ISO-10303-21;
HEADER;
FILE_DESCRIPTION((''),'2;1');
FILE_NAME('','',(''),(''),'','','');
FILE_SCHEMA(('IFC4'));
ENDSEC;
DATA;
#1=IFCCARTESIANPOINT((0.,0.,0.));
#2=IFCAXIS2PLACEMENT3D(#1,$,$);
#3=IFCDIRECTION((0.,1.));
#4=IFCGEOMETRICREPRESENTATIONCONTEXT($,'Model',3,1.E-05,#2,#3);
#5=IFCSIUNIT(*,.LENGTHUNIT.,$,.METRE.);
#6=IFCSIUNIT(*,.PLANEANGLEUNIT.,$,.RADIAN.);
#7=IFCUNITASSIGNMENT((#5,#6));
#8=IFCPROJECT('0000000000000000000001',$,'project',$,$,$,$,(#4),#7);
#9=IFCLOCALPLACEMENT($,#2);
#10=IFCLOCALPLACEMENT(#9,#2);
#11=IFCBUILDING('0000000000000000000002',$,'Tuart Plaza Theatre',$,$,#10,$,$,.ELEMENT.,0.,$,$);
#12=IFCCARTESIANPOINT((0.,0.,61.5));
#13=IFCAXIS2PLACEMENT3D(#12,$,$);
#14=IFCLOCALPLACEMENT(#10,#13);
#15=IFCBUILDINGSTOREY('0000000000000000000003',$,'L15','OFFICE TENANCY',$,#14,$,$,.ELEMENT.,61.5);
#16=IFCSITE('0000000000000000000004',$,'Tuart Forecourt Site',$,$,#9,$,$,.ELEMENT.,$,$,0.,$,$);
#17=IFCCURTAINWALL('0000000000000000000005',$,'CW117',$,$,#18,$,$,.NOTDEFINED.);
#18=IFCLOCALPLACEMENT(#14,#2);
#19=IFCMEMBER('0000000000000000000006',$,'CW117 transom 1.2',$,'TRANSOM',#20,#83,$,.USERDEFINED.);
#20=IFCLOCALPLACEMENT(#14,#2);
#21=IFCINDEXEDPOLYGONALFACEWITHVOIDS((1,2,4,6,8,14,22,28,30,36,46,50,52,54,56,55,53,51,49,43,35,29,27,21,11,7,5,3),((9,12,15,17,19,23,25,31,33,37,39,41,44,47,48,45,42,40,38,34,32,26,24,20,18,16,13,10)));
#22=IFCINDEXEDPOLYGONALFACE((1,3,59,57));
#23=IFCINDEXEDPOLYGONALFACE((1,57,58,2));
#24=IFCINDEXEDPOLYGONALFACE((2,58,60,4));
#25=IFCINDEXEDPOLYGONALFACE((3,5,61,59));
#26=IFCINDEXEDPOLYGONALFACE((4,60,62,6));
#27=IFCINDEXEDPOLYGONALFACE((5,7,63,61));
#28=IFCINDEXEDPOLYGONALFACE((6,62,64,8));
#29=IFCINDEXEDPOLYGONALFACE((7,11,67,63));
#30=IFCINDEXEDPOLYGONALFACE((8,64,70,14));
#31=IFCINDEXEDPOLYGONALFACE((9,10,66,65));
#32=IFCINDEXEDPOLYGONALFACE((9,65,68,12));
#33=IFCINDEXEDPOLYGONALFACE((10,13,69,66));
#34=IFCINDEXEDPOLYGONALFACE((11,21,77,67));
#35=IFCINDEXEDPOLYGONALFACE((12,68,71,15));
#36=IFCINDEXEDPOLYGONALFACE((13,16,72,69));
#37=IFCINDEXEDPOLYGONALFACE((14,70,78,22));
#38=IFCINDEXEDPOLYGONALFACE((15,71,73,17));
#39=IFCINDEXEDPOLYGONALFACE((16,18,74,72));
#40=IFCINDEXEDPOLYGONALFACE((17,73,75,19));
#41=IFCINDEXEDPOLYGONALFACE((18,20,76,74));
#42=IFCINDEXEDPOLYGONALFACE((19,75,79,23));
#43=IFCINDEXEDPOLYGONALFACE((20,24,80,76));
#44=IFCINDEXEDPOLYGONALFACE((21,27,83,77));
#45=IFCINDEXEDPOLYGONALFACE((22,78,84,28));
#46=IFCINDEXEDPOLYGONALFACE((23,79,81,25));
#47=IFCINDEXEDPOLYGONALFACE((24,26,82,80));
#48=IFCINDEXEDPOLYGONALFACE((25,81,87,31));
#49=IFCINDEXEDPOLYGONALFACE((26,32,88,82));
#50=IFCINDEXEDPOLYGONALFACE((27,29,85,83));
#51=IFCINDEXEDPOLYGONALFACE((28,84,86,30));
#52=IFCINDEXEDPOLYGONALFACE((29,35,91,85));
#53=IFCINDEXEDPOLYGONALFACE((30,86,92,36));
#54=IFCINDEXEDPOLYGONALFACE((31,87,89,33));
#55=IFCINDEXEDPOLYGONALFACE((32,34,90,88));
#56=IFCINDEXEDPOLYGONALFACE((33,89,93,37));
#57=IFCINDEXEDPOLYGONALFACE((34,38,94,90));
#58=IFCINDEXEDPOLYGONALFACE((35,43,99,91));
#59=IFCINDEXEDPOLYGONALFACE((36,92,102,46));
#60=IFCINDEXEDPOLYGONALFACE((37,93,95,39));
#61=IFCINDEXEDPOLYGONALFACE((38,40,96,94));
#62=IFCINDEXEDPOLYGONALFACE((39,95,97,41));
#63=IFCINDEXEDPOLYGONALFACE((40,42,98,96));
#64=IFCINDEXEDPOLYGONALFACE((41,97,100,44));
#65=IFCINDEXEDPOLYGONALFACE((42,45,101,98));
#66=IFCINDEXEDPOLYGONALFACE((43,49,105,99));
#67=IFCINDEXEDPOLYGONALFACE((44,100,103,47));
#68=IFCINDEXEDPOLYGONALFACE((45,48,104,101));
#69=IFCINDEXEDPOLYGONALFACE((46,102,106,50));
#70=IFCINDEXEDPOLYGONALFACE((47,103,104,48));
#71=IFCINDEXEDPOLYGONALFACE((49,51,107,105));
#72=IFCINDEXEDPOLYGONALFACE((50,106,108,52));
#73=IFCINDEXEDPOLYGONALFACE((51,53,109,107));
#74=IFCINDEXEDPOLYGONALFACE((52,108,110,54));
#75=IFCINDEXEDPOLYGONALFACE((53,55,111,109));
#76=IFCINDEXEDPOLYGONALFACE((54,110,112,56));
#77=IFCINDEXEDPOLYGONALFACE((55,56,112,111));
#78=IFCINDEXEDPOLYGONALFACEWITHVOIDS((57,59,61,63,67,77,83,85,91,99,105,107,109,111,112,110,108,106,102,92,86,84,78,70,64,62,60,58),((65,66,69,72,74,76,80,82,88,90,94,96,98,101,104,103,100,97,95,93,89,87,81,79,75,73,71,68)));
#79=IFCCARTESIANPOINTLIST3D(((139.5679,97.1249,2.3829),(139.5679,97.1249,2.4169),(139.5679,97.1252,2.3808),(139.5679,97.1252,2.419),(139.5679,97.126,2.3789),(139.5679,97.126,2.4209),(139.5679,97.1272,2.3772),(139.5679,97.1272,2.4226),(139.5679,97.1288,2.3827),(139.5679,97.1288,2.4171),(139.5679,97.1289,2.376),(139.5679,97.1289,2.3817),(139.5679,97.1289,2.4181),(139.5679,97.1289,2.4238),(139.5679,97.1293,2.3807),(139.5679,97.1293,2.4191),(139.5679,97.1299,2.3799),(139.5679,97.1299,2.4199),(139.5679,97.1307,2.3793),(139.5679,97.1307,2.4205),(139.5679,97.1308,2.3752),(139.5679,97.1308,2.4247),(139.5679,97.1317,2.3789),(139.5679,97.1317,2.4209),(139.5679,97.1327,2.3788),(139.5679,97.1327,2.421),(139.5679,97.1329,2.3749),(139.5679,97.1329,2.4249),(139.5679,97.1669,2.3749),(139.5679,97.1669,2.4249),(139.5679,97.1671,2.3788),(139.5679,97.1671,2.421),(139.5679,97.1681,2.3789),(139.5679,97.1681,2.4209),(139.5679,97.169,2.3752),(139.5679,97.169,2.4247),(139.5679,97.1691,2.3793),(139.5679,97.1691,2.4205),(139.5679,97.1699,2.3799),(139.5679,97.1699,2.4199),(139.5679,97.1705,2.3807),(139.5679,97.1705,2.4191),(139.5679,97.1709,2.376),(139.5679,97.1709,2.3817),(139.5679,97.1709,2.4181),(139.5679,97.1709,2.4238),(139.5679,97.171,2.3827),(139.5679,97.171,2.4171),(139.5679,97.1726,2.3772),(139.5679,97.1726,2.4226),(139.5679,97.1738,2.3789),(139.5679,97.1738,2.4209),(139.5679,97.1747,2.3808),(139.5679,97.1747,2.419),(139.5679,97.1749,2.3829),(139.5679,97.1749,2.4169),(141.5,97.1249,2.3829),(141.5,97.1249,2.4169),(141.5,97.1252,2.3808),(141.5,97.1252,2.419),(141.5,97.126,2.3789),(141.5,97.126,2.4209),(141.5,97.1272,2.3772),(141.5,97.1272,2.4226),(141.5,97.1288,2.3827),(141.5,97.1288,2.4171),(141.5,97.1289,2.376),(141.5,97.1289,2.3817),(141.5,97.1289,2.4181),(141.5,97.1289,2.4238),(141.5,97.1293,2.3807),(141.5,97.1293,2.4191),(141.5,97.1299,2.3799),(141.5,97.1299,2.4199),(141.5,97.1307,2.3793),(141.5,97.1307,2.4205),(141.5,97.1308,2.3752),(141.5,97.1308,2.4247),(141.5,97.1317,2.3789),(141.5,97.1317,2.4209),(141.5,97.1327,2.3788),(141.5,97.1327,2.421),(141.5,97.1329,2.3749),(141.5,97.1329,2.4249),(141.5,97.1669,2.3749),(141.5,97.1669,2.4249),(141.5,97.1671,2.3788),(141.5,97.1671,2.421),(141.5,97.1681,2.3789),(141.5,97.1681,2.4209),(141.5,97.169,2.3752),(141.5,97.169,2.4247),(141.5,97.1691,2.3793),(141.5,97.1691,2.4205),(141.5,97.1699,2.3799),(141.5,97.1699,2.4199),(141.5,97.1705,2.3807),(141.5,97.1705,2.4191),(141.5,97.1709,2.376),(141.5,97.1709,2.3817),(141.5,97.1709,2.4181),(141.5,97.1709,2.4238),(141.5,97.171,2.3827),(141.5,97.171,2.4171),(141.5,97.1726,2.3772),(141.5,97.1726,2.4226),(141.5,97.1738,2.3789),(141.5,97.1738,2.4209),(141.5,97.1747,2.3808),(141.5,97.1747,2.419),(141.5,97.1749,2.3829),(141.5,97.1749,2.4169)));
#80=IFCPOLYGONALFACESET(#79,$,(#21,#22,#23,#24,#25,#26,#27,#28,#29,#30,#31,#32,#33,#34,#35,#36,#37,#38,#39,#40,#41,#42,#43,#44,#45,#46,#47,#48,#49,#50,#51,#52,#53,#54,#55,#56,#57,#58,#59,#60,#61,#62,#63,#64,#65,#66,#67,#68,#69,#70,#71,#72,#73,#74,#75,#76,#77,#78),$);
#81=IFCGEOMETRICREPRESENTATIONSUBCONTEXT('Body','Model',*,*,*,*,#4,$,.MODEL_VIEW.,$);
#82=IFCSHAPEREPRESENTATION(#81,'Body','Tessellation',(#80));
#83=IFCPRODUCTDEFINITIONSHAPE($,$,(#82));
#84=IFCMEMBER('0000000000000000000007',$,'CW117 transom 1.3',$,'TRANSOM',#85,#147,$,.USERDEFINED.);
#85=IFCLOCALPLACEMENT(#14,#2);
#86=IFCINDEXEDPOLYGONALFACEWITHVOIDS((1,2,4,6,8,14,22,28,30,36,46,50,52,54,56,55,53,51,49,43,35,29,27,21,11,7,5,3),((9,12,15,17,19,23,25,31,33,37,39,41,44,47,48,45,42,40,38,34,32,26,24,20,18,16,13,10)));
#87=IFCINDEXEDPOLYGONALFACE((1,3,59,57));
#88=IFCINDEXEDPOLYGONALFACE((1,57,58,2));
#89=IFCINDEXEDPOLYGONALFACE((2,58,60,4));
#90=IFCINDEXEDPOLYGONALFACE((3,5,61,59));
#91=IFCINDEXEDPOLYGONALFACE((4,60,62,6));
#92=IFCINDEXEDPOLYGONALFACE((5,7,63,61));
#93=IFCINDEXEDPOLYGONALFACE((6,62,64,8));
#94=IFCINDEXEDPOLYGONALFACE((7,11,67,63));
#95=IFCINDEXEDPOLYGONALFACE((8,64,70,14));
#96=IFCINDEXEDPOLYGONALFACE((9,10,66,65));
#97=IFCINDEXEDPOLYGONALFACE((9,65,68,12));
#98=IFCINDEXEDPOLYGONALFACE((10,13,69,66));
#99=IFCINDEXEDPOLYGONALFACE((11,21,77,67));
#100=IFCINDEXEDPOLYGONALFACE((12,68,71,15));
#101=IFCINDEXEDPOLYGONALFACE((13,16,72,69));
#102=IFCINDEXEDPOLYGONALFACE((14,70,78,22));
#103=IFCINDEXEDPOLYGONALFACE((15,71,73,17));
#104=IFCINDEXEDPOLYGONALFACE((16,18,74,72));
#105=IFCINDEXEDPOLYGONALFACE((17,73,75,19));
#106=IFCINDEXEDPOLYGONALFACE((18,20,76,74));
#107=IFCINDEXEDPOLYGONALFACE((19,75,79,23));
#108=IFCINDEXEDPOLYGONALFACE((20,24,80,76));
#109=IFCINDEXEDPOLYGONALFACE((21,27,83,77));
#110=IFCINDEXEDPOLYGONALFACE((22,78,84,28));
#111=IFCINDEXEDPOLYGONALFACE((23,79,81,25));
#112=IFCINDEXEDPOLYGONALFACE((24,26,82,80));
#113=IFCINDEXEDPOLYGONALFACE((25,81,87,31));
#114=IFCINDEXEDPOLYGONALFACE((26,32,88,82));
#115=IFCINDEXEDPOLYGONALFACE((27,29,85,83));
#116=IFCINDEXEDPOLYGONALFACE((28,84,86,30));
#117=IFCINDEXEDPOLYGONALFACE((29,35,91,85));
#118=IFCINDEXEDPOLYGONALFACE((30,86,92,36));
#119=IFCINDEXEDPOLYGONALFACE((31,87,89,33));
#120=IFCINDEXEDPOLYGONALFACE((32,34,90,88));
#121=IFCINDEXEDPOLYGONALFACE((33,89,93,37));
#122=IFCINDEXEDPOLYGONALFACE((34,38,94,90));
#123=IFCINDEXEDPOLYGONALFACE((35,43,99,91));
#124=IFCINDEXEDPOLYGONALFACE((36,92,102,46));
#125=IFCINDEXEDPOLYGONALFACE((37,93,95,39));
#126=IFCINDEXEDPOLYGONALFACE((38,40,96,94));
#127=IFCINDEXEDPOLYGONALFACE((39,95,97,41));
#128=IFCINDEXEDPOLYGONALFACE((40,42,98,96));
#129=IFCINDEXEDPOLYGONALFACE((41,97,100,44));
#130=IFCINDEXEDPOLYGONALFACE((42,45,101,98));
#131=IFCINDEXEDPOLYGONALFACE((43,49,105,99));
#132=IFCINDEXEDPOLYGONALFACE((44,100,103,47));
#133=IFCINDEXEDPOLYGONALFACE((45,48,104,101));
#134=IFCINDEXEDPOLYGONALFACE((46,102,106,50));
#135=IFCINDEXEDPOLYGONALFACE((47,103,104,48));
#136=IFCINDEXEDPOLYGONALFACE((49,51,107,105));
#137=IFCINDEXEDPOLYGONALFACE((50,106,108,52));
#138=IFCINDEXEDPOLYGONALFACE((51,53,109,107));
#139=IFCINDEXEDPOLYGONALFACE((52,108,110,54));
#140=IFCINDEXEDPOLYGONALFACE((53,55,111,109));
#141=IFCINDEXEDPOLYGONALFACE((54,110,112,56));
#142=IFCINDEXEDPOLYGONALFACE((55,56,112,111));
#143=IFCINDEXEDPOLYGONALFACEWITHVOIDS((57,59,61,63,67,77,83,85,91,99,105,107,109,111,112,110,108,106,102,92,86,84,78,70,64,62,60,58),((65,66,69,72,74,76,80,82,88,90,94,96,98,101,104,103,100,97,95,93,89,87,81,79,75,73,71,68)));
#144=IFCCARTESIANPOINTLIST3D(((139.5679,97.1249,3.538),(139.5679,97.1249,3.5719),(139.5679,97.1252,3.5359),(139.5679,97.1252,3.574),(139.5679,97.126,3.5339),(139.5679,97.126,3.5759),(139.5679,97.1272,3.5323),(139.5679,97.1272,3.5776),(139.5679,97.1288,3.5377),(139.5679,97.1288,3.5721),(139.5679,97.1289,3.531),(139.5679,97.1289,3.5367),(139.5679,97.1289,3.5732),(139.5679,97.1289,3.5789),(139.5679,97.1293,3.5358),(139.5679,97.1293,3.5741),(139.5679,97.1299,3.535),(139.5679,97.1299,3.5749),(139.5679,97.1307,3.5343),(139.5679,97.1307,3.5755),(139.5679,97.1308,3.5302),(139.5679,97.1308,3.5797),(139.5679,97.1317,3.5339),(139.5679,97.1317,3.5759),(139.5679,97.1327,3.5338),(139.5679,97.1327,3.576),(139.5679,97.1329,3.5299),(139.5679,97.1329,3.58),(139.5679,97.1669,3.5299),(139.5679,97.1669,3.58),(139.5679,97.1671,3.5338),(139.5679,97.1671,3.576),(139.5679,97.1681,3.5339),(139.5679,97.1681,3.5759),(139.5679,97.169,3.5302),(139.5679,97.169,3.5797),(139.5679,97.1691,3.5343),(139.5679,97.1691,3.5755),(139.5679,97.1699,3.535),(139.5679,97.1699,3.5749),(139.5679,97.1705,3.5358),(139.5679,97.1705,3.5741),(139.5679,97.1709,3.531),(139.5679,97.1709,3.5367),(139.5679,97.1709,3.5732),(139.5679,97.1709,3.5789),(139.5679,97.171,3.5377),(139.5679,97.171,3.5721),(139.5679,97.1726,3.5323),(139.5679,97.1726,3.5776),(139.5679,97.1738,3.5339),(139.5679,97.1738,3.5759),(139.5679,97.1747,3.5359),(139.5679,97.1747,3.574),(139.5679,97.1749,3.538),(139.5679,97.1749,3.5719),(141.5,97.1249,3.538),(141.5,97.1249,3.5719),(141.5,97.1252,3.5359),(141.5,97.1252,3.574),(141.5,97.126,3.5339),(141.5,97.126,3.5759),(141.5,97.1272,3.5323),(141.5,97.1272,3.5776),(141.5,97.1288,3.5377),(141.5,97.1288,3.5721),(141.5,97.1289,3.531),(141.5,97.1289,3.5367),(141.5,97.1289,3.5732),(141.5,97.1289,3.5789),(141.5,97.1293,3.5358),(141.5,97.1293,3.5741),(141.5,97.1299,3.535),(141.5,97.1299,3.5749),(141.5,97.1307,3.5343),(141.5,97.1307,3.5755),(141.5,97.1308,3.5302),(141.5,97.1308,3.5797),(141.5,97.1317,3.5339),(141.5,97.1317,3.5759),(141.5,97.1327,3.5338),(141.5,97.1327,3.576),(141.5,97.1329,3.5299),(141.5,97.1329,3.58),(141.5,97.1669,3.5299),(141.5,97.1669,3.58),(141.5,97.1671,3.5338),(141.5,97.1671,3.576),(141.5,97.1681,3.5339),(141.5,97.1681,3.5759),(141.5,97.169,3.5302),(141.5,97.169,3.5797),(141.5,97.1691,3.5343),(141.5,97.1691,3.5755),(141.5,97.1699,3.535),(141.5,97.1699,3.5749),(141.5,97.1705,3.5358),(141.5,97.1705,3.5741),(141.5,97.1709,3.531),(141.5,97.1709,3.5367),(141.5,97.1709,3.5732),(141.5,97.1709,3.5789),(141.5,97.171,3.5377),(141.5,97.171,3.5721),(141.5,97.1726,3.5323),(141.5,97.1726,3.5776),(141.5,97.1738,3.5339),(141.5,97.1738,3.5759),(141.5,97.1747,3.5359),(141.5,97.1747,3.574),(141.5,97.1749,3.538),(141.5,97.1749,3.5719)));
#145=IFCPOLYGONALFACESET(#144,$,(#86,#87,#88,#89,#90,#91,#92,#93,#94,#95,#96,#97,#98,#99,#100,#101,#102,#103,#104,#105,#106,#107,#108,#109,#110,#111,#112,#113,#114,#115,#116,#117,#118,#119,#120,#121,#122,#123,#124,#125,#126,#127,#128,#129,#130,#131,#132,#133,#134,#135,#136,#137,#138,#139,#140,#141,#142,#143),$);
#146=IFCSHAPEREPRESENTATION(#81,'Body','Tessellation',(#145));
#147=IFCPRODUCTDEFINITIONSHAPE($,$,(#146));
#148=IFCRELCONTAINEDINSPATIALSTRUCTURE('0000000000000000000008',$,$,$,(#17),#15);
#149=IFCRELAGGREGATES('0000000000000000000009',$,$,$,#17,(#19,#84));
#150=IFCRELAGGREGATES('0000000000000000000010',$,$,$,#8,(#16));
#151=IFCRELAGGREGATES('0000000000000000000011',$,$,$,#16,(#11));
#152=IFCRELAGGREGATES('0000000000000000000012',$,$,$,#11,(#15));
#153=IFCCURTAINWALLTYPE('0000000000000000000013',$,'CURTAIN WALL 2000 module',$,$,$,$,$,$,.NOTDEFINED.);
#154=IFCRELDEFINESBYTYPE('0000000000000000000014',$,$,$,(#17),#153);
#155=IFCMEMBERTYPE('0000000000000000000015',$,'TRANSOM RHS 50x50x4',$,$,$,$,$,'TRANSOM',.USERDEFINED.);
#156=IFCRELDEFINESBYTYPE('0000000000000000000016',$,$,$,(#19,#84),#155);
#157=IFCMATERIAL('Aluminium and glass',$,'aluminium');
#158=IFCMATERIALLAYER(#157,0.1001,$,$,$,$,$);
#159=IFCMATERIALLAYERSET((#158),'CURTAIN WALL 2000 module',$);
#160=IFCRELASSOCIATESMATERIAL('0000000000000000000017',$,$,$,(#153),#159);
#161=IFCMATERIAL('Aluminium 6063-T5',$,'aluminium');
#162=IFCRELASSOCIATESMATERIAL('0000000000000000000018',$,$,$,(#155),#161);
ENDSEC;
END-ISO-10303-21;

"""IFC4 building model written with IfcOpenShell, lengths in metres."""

from ifc_helpers import new_model, si_unit, direction, frame, origin, origin_2d, place, context, subcontext, project, spatial, hollow_rectangle, extrude, material, layer, layer_set, material_profile, profile_set, type_object, element, aggregate, save


model = new_model("IFC4")

# Units and contexts
model_context = context("Model", 3, precision=1e-05, world=origin(), true_north=direction((0.0, 1.0)))
body_context = subcontext(model_context, "Body", "Model", "MODEL_VIEW")
ifc_project = project(units=[si_unit("LENGTHUNIT", "METRE"), si_unit("PLANEANGLEUNIT", "RADIAN")], contexts=[model_context])

# Site, building, storey
site_placement = place(None, origin())
site = spatial("IfcSite", under=ifc_project, at=site_placement, Name="Tuart Forecourt Site", CompositionType="ELEMENT", RefElevation=0.0)
building_placement = place(site_placement, origin())
building = spatial("IfcBuilding", under=site, at=building_placement, Name="Tuart Plaza Theatre", CompositionType="ELEMENT", ElevationOfRefHeight=0.0)
storey_placement = place(building_placement, frame((0.0, 0.0, 61.5)))
storey = spatial("IfcBuildingStorey", under=building, at=storey_placement, Name="L15", Description="OFFICE TENANCY", CompositionType="ELEMENT", Elevation=61.5)

# Curtain wall
ifc_material_1 = material(Name="Aluminium and glass", Category="aluminium")
ifc_layer_1 = layer(ifc_material_1, 0.1001)
ifc_layer_set_1 = layer_set([ifc_layer_1], Name="CURTAIN WALL 2000 module")
curtain_wall_type = type_object("IfcCurtainWallType", Name="CURTAIN WALL 2000 module", PredefinedType="NOTDEFINED", material=ifc_layer_set_1)
curtain_wall_1_placement = place(storey_placement, origin())
curtain_wall_1 = element("IfcCurtainWall", 1, at=curtain_wall_1_placement, inside=storey, type_object=curtain_wall_type, Name="CW117", PredefinedType="NOTDEFINED")

# Members
ifc_material_2 = material(Name="Aluminium 6063-T5", Category="aluminium")
ifc_material_profile_1 = material_profile(ifc_material_2, hollow_rectangle(XDim=0.05, YDim=0.05, WallThickness=0.0039, InnerFilletRadius=0.0039, OuterFilletRadius=0.0081, at=origin_2d()), Name="RHS 50x50x4")
ifc_profile_set_1 = profile_set([ifc_material_profile_1], Name="Aluminium 6063-T5")
member_type_1 = type_object("IfcMemberType", Name="TRANSOM RHS 50x50x4", ElementType="TRANSOM", PredefinedType="USERDEFINED", material=ifc_profile_set_1)
member_1_placement = place(storey_placement, frame((141.5, 97.1499, 2.3999), z_axis=(-1.0, 0.0, 0.0), x_axis=(0.0, -1.0, 0.0)))
member_1 = element("IfcMember", 2, at=member_1_placement, type_object=member_type_1, Name="CW117 transom 1.2", ObjectType="TRANSOM", PredefinedType="USERDEFINED", context=body_context, shape_type="SweptSolid", body=[
    extrude(hollow_rectangle(XDim=0.05, YDim=0.05, WallThickness=0.0039, InnerFilletRadius=0.0039, OuterFilletRadius=0.0081, at=origin_2d()), origin(), (0.0, 0.0, 1.0), 1.9321),
])
member_2_placement = place(storey_placement, frame((141.5, 97.1499, 3.5549), z_axis=(-1.0, 0.0, 0.0), x_axis=(0.0, -1.0, 0.0)))
member_2 = element("IfcMember", 3, at=member_2_placement, type_object=member_type_1, Name="CW117 transom 1.3", ObjectType="TRANSOM", PredefinedType="USERDEFINED", context=body_context, shape_type="SweptSolid", body=[
    extrude(hollow_rectangle(XDim=0.05, YDim=0.05, WallThickness=0.0039, InnerFilletRadius=0.0039, OuterFilletRadius=0.0081, at=origin_2d()), origin(), (0.0, 0.0, 1.0), 1.9321),
])

aggregate(curtain_wall_1, [member_1, member_2])

save(model, "model.ifc")
